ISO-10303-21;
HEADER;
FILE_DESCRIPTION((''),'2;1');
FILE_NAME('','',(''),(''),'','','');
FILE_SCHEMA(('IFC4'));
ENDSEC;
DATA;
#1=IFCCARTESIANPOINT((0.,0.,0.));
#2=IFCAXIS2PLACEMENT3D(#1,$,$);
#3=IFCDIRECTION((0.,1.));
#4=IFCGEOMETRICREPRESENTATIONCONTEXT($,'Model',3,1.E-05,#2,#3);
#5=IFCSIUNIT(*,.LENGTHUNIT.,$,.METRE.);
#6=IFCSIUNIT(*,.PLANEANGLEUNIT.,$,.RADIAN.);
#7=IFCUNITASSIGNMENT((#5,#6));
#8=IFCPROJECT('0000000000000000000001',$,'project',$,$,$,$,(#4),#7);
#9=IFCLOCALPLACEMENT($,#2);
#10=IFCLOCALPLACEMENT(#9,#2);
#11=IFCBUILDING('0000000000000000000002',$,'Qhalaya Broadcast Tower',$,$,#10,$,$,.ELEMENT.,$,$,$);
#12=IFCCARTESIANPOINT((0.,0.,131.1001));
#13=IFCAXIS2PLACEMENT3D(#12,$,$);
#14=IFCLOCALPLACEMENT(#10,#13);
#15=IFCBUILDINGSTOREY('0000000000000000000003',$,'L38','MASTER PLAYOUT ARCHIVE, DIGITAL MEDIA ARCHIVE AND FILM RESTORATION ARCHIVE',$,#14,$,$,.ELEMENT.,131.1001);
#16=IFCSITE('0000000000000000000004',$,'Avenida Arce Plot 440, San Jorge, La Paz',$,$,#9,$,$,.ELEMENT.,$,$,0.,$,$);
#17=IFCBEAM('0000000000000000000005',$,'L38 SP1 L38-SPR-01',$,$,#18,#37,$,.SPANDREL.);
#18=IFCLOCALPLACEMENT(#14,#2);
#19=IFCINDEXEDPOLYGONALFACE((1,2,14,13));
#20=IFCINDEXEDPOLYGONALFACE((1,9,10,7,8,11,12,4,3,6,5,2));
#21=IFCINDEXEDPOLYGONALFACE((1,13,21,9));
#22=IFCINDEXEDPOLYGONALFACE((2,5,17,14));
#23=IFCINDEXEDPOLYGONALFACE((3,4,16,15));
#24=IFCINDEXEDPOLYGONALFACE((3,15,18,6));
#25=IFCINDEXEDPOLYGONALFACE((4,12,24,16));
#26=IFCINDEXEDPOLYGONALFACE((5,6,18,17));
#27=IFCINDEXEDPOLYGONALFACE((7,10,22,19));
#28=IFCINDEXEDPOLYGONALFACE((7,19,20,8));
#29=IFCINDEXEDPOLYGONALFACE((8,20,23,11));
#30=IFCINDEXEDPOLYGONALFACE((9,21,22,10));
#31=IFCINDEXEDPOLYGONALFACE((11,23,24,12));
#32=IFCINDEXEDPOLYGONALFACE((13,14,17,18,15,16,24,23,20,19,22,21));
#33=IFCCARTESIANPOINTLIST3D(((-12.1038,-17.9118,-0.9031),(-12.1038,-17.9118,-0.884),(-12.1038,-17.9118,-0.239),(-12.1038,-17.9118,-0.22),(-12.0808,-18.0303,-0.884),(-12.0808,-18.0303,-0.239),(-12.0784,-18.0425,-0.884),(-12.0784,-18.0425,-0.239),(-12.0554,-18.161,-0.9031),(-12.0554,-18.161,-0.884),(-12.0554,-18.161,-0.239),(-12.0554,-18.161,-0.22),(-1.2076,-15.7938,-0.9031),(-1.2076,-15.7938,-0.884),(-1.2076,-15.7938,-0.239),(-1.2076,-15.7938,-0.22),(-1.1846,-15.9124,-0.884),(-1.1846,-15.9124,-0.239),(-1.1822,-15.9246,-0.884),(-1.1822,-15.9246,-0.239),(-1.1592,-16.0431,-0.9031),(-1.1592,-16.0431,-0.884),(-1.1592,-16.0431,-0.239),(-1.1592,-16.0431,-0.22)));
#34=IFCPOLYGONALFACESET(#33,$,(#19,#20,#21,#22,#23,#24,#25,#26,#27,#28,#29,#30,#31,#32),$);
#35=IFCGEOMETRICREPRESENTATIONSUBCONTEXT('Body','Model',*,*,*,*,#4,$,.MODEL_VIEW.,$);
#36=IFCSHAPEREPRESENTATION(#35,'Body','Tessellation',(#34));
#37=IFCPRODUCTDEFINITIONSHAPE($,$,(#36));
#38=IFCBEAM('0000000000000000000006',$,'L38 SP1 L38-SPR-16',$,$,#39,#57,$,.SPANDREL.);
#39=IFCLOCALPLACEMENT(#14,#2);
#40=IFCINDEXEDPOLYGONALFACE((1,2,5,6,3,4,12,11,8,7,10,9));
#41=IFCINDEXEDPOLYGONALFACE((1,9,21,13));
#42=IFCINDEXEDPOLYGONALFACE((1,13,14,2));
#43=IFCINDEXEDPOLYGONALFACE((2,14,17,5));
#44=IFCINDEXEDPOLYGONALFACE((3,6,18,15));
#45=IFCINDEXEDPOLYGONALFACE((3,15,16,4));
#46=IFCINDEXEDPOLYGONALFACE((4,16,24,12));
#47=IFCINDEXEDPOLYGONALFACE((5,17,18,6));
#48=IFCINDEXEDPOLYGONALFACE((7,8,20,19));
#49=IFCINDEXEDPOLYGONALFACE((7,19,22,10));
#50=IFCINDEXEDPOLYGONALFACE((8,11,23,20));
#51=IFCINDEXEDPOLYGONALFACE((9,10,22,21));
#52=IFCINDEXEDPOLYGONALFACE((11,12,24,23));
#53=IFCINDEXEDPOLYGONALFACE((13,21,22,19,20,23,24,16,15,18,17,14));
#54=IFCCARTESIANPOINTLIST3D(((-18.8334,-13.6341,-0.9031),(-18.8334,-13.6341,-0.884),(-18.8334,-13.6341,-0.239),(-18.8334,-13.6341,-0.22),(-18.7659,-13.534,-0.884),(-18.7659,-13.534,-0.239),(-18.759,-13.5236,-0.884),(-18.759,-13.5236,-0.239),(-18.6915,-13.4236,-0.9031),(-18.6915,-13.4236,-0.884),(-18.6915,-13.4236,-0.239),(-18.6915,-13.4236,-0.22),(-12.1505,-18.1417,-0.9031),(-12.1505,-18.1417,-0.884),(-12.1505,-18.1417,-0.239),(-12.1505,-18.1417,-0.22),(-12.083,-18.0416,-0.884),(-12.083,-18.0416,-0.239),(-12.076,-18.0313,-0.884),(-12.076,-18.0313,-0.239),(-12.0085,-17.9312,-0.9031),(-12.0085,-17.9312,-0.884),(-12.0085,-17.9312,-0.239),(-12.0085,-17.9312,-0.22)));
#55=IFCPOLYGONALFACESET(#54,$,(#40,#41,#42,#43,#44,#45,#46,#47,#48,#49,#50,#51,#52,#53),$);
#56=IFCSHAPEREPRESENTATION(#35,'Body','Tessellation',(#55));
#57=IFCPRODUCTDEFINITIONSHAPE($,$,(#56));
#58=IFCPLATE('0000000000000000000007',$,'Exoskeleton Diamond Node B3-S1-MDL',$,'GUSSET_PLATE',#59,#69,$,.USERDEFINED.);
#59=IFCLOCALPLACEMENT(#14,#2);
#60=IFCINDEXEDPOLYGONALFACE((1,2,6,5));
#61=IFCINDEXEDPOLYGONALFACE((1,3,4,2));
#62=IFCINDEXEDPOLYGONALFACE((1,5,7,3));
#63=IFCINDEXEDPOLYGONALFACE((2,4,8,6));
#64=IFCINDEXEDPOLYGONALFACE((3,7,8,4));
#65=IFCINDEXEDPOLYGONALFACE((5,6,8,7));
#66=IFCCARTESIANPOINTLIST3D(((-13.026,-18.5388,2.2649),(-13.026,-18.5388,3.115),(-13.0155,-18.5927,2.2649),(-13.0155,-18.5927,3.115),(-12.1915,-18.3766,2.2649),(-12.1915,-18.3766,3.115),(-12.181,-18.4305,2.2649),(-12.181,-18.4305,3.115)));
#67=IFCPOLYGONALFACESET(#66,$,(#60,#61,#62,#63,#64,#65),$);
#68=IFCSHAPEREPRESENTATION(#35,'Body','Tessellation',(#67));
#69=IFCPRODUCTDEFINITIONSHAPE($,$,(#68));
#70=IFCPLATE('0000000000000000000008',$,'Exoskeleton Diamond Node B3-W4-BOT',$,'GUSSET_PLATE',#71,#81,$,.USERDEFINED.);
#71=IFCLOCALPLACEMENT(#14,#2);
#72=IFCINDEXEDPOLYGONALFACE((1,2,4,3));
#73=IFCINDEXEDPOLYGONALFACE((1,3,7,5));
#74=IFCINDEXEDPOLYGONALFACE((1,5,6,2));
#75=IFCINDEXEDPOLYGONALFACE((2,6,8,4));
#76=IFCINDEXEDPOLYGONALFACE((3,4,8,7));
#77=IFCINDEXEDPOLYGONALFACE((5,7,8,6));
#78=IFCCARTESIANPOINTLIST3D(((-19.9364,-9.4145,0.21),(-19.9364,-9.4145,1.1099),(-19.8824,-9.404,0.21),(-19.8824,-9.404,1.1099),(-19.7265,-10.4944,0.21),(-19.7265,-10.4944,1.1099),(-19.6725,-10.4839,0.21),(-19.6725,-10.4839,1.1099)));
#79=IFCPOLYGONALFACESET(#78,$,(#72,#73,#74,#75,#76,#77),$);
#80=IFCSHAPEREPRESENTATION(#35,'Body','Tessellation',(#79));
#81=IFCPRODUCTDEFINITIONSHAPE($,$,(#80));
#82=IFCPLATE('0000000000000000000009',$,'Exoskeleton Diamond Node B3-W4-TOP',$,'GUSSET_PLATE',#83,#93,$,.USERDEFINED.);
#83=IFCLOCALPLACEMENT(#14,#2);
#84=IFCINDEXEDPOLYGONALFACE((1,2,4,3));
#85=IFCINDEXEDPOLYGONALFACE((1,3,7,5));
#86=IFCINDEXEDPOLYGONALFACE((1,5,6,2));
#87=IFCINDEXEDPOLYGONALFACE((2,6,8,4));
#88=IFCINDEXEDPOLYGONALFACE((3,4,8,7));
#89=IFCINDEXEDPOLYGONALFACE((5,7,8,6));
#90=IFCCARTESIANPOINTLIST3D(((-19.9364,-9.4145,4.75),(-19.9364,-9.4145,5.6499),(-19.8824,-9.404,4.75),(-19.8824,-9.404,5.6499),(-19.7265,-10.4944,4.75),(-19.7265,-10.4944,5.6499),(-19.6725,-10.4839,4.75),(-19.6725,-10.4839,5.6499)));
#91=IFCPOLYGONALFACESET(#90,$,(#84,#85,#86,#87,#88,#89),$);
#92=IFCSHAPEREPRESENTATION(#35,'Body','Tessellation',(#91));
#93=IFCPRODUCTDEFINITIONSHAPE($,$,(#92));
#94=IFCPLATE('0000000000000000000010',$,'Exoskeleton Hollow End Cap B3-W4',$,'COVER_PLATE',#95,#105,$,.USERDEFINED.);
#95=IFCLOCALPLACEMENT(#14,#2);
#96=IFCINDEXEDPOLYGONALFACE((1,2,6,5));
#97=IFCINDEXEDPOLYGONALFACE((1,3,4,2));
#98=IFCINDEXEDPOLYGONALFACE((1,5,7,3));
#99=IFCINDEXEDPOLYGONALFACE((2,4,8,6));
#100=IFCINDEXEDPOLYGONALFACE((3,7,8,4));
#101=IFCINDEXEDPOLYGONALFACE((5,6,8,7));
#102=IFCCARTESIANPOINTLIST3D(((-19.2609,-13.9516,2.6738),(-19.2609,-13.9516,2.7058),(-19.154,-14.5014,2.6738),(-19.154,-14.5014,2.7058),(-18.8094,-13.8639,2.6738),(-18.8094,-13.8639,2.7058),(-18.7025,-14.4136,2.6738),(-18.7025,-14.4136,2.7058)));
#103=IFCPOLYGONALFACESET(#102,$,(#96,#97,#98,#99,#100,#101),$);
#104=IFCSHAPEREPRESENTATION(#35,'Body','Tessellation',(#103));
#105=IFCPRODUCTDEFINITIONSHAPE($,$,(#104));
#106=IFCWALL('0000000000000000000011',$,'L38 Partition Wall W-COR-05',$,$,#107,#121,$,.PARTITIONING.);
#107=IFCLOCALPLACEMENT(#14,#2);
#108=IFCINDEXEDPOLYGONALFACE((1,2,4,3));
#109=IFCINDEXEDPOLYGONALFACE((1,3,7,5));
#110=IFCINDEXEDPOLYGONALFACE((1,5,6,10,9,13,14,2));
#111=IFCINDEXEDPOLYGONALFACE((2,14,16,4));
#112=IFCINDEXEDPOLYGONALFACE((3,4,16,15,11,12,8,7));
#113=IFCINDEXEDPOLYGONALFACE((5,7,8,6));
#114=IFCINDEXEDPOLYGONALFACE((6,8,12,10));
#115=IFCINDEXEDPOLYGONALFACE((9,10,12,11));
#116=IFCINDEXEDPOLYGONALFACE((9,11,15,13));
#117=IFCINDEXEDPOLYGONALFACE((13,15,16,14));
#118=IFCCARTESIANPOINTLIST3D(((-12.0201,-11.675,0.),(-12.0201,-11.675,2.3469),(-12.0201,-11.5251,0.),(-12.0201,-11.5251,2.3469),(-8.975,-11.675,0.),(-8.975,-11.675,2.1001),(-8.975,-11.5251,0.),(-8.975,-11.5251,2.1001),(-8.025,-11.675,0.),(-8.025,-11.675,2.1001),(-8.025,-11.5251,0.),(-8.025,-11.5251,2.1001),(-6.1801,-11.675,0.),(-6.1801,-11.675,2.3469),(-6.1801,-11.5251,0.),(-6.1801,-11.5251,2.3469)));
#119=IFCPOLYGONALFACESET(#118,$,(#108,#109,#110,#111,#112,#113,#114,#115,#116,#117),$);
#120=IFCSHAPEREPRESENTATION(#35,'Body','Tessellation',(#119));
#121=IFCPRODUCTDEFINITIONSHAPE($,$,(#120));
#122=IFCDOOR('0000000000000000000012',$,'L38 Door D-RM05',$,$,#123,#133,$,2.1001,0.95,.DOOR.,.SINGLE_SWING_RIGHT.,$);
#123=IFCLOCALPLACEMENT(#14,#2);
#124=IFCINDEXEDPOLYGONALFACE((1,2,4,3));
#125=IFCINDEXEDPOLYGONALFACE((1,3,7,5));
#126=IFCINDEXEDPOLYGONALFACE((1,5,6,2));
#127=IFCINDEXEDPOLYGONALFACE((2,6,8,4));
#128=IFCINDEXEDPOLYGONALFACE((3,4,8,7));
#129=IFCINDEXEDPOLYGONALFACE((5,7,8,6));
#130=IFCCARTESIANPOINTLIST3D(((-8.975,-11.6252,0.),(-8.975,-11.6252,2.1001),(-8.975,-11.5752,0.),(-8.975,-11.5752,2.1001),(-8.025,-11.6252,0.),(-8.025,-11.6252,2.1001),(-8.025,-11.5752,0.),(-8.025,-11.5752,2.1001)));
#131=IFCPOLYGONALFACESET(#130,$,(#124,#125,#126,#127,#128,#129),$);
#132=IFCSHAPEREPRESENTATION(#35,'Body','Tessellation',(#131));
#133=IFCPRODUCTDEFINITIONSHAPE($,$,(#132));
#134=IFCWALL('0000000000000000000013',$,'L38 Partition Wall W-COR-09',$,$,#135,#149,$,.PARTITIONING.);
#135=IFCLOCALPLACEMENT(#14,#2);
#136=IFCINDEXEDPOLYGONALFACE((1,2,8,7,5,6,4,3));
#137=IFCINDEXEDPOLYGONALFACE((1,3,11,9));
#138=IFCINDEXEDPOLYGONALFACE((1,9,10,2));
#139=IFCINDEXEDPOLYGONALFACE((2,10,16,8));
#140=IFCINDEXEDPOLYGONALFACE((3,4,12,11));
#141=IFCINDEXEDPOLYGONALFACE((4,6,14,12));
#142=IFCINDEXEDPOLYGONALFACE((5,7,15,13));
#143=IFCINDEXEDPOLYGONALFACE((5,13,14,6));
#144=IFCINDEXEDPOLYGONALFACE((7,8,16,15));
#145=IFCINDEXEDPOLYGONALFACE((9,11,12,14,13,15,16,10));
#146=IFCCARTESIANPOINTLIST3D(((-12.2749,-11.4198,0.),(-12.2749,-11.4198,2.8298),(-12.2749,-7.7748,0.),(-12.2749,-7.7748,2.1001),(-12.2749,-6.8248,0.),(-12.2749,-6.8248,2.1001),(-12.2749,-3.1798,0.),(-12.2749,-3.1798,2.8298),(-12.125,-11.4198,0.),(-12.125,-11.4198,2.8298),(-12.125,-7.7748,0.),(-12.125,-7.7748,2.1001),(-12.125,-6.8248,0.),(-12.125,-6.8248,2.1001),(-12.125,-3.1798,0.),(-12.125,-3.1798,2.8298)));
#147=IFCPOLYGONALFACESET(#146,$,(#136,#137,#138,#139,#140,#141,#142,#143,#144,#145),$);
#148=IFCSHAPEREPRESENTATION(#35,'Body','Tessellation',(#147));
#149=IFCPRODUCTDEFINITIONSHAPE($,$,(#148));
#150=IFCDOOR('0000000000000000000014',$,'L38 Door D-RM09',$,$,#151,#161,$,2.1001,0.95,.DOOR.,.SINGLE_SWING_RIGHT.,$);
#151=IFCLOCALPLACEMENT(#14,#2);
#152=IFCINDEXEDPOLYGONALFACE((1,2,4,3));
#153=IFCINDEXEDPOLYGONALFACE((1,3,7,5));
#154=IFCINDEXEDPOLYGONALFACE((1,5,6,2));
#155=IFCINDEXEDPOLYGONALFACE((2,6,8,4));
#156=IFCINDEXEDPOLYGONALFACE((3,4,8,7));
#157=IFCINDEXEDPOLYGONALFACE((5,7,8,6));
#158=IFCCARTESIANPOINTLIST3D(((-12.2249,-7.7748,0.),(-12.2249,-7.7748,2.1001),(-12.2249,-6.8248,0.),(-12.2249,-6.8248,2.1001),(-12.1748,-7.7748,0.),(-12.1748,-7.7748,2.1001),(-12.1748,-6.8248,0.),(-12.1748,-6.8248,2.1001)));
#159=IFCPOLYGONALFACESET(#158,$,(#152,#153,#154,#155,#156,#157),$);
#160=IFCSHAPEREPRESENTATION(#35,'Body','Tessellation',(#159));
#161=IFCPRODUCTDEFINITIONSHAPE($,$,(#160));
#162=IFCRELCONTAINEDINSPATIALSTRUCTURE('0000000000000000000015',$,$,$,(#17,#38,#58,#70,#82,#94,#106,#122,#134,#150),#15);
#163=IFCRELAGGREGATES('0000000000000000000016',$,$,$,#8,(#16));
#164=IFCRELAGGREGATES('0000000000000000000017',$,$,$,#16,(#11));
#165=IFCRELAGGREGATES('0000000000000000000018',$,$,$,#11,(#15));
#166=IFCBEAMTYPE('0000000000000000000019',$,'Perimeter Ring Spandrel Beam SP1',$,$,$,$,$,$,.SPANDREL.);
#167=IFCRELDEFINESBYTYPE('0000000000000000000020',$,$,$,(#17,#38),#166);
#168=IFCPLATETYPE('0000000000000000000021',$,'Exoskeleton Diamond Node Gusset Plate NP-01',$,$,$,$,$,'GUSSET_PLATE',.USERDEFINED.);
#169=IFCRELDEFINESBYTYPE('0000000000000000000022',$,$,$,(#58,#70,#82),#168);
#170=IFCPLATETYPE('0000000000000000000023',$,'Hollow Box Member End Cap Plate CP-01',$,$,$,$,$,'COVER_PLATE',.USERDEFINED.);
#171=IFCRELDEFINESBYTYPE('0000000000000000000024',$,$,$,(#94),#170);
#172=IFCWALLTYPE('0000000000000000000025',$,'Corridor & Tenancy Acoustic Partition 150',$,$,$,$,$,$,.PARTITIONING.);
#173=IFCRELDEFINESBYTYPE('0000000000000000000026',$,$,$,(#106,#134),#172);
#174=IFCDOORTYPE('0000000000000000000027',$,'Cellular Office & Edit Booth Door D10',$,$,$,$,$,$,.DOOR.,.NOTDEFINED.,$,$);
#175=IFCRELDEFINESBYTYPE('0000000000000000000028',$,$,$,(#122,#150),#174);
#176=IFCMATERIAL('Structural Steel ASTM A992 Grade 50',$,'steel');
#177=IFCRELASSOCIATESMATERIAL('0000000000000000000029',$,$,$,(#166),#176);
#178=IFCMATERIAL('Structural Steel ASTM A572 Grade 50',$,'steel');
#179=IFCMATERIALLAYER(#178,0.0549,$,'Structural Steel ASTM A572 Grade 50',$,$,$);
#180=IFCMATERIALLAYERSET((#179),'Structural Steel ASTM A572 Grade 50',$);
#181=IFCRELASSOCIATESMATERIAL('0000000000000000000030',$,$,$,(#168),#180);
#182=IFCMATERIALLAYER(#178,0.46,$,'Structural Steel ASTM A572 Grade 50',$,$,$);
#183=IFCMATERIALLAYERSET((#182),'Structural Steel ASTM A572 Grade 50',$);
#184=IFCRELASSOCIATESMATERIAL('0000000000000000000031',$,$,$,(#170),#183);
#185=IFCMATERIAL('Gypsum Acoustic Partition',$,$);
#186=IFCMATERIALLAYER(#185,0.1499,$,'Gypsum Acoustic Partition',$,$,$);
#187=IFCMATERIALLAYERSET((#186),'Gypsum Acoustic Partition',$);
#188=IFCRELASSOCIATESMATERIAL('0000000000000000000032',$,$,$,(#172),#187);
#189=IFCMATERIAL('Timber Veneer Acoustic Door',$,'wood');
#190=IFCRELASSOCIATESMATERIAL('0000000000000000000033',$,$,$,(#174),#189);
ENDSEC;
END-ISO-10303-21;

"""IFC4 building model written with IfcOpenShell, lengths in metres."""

from ifc_helpers import new_model, si_unit, direction, frame, frame_2d, origin, origin_2d, place, context, subcontext, project, spatial, rectangle, i_section, extrude, material, layer, layer_set, material_profile, profile_set, type_object, element, fill, save


model = new_model("IFC4")

# Units and contexts
model_context = context("Model", 3, precision=1e-05, world=origin(), true_north=direction((0.0, 1.0)))
body_context = subcontext(model_context, "Body", "Model", "MODEL_VIEW")
ifc_project = project(units=[si_unit("LENGTHUNIT", "METRE"), si_unit("PLANEANGLEUNIT", "RADIAN")], contexts=[model_context])

# Site, building, storey
site_placement = place(None, origin())
site = spatial("IfcSite", under=ifc_project, at=site_placement, Name="Avenida Arce Plot 440, San Jorge, La Paz", CompositionType="ELEMENT", RefElevation=0.0)
building_placement = place(site_placement, origin())
building = spatial("IfcBuilding", under=site, at=building_placement, Name="Qhalaya Broadcast Tower", CompositionType="ELEMENT")
storey_placement = place(building_placement, frame((0.0, 0.0, 131.1001)))
storey = spatial("IfcBuildingStorey", under=building, at=storey_placement, Name="L38", Description="MASTER PLAYOUT ARCHIVE, DIGITAL MEDIA ARCHIVE AND FILM RESTORATION ARCHIVE", CompositionType="ELEMENT", Elevation=131.1001)

# Shared definitions
ifc_material_1 = material(Name="Structural Steel ASTM A572 Grade 50", Category="steel")

# Shared definitions
ifc_material_2 = material(Name="Structural Steel ASTM A992 Grade 50", Category="steel")

# Beams
ifc_material_profile_1 = material_profile(ifc_material_2, i_section(OverallWidth=0.2539, OverallDepth=0.6831, WebThickness=0.0125, FlangeThickness=0.019, at=origin_2d()), Name="W27X94")
ifc_profile_set_1 = profile_set([ifc_material_profile_1], Name="Structural Steel ASTM A992 Grade 50")
beam_type_1 = type_object("IfcBeamType", Name="Perimeter Ring Spandrel Beam SP1", PredefinedType="SPANDREL", material=ifc_profile_set_1)
beam_1_placement = place(storey_placement, frame((-12.0796, -18.0364, -0.5615), z_axis=(0.981629, 0.190801, 0.0), x_axis=(-0.190801, 0.981629, 0.0)))
element("IfcBeam", 1, at=beam_1_placement, inside=storey, type_object=beam_type_1, Name="L38 SP1 L38-SPR-01", PredefinedType="SPANDREL", context=body_context, shape_type="SweptSolid", body=[
    extrude(i_section(OverallWidth=0.2539, OverallDepth=0.6831, WebThickness=0.0125, FlangeThickness=0.019, at=origin_2d()), origin(), (0.0, 0.0, 1.0), 11.1001),
])
beam_2_placement = place(storey_placement, frame((-18.7625, -13.5288, -0.5615), z_axis=(0.829042, -0.559186, 0.0), x_axis=(0.559186, 0.829042, 0.0)))
element("IfcBeam", 2, at=beam_2_placement, inside=storey, type_object=beam_type_1, Name="L38 SP1 L38-SPR-16", PredefinedType="SPANDREL", context=body_context, shape_type="SweptSolid", body=[
    extrude(i_section(OverallWidth=0.2539, OverallDepth=0.6831, WebThickness=0.0125, FlangeThickness=0.019, at=origin_2d()), origin(), (0.0, 0.0, 1.0), 8.061),
])

# Plates
ifc_layer_1 = layer(ifc_material_1, 0.0549, Name="Structural Steel ASTM A572 Grade 50")
ifc_layer_set_1 = layer_set([ifc_layer_1], Name="Structural Steel ASTM A572 Grade 50")
plate_type_1 = type_object("IfcPlateType", Name="Exoskeleton Diamond Node Gusset Plate NP-01", ElementType="GUSSET_PLATE", PredefinedType="USERDEFINED", material=ifc_layer_set_1)
plate_1_placement = place(storey_placement, frame((-12.6035, -18.4846, 2.2649), z_axis=(0.0, 0.0, 1.0), x_axis=(0.981627, 0.190809, 0.0)))
element("IfcPlate", 3, at=plate_1_placement, inside=storey, type_object=plate_type_1, Name="Exoskeleton Diamond Node B3-S1-MDL", ObjectType="GUSSET_PLATE", PredefinedType="USERDEFINED", context=body_context, shape_type="SweptSolid", body=[
    extrude(rectangle(XDim=0.8501, YDim=0.0549, at=origin_2d()), origin(), (0.0, 0.0, 1.0), 0.8501),
])
for number, where, z_axis, x_axis, name in (
    (4, (-19.8044, -9.9492, 0.21), (0.0, 0.0, 1.0), (-0.190809, 0.981627, 0.0), "Exoskeleton Diamond Node B3-W4-BOT"),
    (5, (-19.8044, -9.9492, 4.75), (0.0, 0.0, 1.0), (-0.190809, 0.981627, 0.0), "Exoskeleton Diamond Node B3-W4-TOP"),
):
    element("IfcPlate", number, at=place(storey_placement, frame(where, z_axis=z_axis, x_axis=x_axis)), inside=storey, type_object=plate_type_1, Name=name, ObjectType="GUSSET_PLATE", PredefinedType="USERDEFINED", context=body_context, shape_type="SweptSolid", body=[
        extrude(rectangle(XDim=1.1001, YDim=0.0549, at=origin_2d()), origin(), (0.0, 0.0, 1.0), 0.8999),
    ])
ifc_layer_2 = layer(ifc_material_1, 0.46, Name="Structural Steel ASTM A572 Grade 50")
ifc_layer_set_2 = layer_set([ifc_layer_2], Name="Structural Steel ASTM A572 Grade 50")
plate_type_2 = type_object("IfcPlateType", Name="Hollow Box Member End Cap Plate CP-01", ElementType="COVER_PLATE", PredefinedType="USERDEFINED", material=ifc_layer_set_2)
plate_2_placement = place(storey_placement, frame((-18.9817, -14.1826, 2.6738), z_axis=(0.0, 0.0, 1.0), x_axis=(-0.190809, 0.981627, 0.0)))
element("IfcPlate", 6, at=plate_2_placement, inside=storey, type_object=plate_type_2, Name="Exoskeleton Hollow End Cap B3-W4", ObjectType="COVER_PLATE", PredefinedType="USERDEFINED", context=body_context, shape_type="SweptSolid", body=[
    extrude(rectangle(XDim=0.5601, YDim=0.46, at=origin_2d()), origin(), (0.0, 0.0, 1.0), 0.032),
])

# Walls, openings, doors
ifc_material_3 = material(Name="Gypsum Acoustic Partition")
ifc_layer_3 = layer(ifc_material_3, 0.1499, Name="Gypsum Acoustic Partition")
ifc_layer_set_3 = layer_set([ifc_layer_3], Name="Gypsum Acoustic Partition")
wall_type_1 = type_object("IfcWallType", Name="Corridor & Tenancy Acoustic Partition 150", PredefinedType="PARTITIONING", material=ifc_layer_set_3)
wall_1_placement = place(storey_placement, frame((-12.02, -11.6001, 0.0), z_axis=(0.0, 0.0, 1.0), x_axis=(1.0, 0.0, 0.0)))
wall_1 = element("IfcWall", 7, at=wall_1_placement, inside=storey, type_object=wall_type_1, Name="L38 Partition Wall W-COR-05", PredefinedType="PARTITIONING", context=body_context, shape_type="SweptSolid", body=[
    extrude(rectangle(XDim=5.8401, YDim=0.1499, at=frame_2d((2.9199, 0.0))), origin(), (0.0, 0.0, 1.0), 2.3469),
])
opening_1_placement = place(wall_1_placement, frame((3.0449, 0.0, 0.0)))
opening_1 = element("IfcOpeningElement", 8, at=opening_1_placement, cuts=wall_1, PredefinedType="OPENING", context=body_context, shape_type="SweptSolid", body=[
    extrude(rectangle(XDim=0.95, YDim=2.1001, at=frame_2d((0.4751, 1.05))), frame((0.0, 0.0869, 0.0), z_axis=(0.0, -1.0, 0.0), x_axis=(1.0, 0.0, 0.0)), (0.0, 0.0, 1.0), 0.1738),
])
ifc_material_4 = material(Name="Timber Veneer Acoustic Door", Category="wood")
door_type = type_object("IfcDoorType", Name="Cellular Office & Edit Booth Door D10", OperationType="NOTDEFINED", PredefinedType="DOOR", material=ifc_material_4)
door_1_placement = place(opening_1_placement, origin())
door_1 = element("IfcDoor", 9, at=door_1_placement, inside=storey, type_object=door_type, Name="L38 Door D-RM05", OperationType="SINGLE_SWING_RIGHT", OverallHeight=2.1001, OverallWidth=0.95, PredefinedType="DOOR", context=body_context, shape_type="SweptSolid", body=[
    extrude(rectangle(XDim=0.95, YDim=2.1001, at=frame_2d((0.4751, 1.05))), frame((0.0, 0.0249, 0.0), z_axis=(0.0, -1.0, 0.0), x_axis=(1.0, 0.0, 0.0)), (0.0, 0.0, 1.0), 0.05),
])
fill(opening_1, door_1)
wall_2_placement = place(storey_placement, frame((-12.2, -11.4199, 0.0), z_axis=(0.0, 0.0, 1.0), x_axis=(0.0, 1.0, 0.0)))
wall_2 = element("IfcWall", 10, at=wall_2_placement, inside=storey, type_object=wall_type_1, Name="L38 Partition Wall W-COR-09", PredefinedType="PARTITIONING", context=body_context, shape_type="SweptSolid", body=[
    extrude(rectangle(XDim=8.24, YDim=0.1499, at=frame_2d((4.1201, 0.0))), origin(), (0.0, 0.0, 1.0), 2.8298),
])
opening_2_placement = place(wall_2_placement, frame((3.645, 0.0, 0.0)))
opening_2 = element("IfcOpeningElement", 11, at=opening_2_placement, cuts=wall_2, PredefinedType="OPENING", context=body_context, shape_type="SweptSolid", body=[
    extrude(rectangle(XDim=0.95, YDim=2.1001, at=frame_2d((0.4751, 1.05))), frame((0.0, 0.0869, 0.0), z_axis=(0.0, -1.0, 0.0), x_axis=(1.0, 0.0, 0.0)), (0.0, 0.0, 1.0), 0.1738),
])
door_2_placement = place(opening_2_placement, origin())
door_2 = element("IfcDoor", 12, at=door_2_placement, inside=storey, type_object=door_type, Name="L38 Door D-RM09", OperationType="SINGLE_SWING_RIGHT", OverallHeight=2.1001, OverallWidth=0.95, PredefinedType="DOOR", context=body_context, shape_type="SweptSolid", body=[
    extrude(rectangle(XDim=0.95, YDim=2.1001, at=frame_2d((0.4751, 1.05))), frame((0.0, 0.0249, 0.0), z_axis=(0.0, -1.0, 0.0), x_axis=(1.0, 0.0, 0.0)), (0.0, 0.0, 1.0), 0.05),
])
fill(opening_2, door_2)

save(model, "model.ifc")
